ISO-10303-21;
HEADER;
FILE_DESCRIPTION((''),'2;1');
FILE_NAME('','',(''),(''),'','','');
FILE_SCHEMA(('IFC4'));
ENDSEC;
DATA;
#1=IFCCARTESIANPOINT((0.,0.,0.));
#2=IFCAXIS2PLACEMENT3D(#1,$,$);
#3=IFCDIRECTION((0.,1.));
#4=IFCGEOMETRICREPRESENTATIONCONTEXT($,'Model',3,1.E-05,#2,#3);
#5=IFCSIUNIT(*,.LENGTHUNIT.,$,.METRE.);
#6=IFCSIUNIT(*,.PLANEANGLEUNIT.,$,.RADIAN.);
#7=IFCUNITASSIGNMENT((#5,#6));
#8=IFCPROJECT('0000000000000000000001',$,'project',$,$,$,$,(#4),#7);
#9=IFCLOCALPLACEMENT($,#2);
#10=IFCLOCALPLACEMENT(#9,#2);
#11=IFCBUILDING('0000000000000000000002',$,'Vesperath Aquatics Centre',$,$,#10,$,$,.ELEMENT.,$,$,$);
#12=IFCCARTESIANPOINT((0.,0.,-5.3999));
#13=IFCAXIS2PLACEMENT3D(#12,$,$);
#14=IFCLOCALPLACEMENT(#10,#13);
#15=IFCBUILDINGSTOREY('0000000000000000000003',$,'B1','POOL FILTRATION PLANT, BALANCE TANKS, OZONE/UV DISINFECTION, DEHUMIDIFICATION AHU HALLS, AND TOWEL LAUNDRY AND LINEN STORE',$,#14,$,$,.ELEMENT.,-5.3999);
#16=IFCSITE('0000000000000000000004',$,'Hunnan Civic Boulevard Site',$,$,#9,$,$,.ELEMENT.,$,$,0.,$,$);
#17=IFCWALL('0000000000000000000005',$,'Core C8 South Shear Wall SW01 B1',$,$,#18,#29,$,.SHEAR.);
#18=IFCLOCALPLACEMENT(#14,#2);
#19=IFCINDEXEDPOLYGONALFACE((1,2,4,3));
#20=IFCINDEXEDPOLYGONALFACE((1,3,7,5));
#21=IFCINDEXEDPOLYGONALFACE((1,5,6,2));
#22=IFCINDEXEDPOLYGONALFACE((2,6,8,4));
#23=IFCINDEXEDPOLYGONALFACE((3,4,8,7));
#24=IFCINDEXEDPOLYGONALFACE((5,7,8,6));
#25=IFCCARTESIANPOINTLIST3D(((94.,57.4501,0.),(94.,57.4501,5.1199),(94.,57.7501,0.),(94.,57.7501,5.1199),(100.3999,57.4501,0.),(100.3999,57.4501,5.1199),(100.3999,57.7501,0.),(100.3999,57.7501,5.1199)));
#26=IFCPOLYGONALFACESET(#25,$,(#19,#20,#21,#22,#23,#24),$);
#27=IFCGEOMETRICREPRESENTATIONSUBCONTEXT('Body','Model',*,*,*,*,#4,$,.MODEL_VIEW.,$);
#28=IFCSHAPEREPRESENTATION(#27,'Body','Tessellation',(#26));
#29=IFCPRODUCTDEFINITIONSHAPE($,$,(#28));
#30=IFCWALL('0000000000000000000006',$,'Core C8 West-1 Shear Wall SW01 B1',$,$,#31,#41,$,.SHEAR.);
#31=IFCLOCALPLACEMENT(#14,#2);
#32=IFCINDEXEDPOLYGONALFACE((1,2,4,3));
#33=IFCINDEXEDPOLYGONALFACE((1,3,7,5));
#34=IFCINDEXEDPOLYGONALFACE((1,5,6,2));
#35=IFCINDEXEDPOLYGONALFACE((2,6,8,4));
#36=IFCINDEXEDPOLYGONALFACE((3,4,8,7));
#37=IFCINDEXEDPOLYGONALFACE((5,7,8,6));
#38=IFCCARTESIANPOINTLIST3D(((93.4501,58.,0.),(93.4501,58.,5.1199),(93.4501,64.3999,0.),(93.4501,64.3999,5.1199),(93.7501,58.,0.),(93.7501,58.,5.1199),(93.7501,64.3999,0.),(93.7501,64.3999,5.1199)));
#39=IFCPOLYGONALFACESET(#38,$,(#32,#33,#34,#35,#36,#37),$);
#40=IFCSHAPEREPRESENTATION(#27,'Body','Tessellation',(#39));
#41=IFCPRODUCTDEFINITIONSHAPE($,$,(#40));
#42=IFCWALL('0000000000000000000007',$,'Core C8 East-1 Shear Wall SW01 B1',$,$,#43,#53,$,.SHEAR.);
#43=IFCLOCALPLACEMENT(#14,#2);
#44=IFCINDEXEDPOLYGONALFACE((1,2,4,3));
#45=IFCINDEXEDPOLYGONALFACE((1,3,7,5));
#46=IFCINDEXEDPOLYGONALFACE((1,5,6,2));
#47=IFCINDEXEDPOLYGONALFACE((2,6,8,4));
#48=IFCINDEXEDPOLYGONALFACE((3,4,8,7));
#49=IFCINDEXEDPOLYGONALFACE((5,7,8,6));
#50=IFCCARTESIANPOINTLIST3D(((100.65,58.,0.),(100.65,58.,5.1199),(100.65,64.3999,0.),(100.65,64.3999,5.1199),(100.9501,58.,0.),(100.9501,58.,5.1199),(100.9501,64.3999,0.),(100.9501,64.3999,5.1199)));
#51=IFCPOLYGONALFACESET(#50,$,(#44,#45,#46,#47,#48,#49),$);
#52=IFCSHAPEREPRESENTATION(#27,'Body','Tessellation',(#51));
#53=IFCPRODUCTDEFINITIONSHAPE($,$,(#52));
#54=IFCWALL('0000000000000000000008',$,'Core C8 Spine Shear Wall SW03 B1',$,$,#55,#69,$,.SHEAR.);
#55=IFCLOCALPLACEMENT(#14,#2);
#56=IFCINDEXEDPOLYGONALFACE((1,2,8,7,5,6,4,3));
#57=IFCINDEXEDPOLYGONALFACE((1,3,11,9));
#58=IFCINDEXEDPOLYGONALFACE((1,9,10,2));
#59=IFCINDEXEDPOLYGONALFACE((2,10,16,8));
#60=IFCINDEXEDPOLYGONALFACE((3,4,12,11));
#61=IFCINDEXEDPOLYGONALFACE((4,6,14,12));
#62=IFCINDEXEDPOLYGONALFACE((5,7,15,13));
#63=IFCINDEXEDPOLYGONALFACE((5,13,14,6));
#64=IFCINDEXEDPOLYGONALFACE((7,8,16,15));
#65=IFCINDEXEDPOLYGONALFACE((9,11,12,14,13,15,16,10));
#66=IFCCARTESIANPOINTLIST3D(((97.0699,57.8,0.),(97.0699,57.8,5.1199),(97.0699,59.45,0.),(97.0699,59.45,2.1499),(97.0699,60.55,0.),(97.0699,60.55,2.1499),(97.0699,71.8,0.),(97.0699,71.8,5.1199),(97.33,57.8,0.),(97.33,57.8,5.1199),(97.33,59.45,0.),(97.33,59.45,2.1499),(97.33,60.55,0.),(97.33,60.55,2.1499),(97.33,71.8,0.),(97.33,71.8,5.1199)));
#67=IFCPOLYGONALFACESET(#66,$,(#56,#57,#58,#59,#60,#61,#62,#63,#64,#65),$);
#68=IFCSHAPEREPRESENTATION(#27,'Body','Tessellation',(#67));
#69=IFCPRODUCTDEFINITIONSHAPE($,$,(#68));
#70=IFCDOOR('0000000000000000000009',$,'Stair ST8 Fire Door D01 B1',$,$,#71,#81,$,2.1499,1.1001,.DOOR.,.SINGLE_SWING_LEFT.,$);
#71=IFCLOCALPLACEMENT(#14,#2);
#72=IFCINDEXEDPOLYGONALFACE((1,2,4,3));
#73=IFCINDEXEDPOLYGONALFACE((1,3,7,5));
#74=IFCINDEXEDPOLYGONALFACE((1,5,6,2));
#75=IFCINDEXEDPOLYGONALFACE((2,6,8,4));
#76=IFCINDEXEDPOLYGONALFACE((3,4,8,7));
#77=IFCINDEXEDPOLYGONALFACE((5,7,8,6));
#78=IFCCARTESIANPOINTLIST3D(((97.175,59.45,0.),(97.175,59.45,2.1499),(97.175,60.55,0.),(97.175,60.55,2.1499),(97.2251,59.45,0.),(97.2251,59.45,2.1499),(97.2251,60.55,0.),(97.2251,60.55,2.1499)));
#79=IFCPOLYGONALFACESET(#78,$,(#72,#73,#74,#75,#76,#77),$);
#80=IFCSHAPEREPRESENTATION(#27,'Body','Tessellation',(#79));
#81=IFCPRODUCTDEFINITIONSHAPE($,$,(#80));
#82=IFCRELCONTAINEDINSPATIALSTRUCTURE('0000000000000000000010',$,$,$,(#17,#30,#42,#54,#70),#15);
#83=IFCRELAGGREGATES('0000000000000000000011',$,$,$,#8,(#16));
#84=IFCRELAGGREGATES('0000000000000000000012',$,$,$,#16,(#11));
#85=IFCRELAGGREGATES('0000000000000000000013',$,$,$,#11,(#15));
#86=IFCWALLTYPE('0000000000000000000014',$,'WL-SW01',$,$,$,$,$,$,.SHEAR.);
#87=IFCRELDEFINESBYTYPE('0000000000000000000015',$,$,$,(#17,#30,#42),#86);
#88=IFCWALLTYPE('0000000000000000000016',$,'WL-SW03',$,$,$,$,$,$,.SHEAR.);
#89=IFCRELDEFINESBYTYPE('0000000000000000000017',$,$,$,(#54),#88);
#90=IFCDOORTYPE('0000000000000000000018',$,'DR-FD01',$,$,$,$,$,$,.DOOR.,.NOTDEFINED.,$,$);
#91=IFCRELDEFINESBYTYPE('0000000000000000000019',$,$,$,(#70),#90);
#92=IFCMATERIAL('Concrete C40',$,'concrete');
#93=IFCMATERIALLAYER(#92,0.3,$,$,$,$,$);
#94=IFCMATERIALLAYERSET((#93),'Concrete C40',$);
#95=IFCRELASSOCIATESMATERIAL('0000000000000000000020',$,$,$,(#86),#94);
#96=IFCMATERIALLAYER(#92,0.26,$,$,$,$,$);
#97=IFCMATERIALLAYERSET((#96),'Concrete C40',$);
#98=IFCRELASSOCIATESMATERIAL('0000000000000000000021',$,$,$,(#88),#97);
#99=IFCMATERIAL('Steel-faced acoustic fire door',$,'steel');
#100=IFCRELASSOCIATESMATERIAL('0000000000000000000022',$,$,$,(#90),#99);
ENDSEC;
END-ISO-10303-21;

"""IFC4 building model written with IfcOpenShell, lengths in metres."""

from ifc_helpers import new_model, si_unit, direction, frame, frame_2d, origin, place, context, subcontext, project, spatial, rectangle, extrude, material, layer, layer_set, type_object, element, fill, save


model = new_model("IFC4")

# Units and contexts
model_context = context("Model", 3, precision=1e-05, world=origin(), true_north=direction((0.0, 1.0)))
body_context = subcontext(model_context, "Body", "Model", "MODEL_VIEW")
ifc_project = project(units=[si_unit("LENGTHUNIT", "METRE"), si_unit("PLANEANGLEUNIT", "RADIAN")], contexts=[model_context])

# Site, building, storey
site_placement = place(None, origin())
site = spatial("IfcSite", under=ifc_project, at=site_placement, Name="Hunnan Civic Boulevard Site", CompositionType="ELEMENT", RefElevation=0.0)
building_placement = place(site_placement, origin())
building = spatial("IfcBuilding", under=site, at=building_placement, Name="Vesperath Aquatics Centre", CompositionType="ELEMENT")
storey_placement = place(building_placement, frame((0.0, 0.0, -5.3999)))
storey = spatial("IfcBuildingStorey", under=building, at=storey_placement, Name="B1", Description="POOL FILTRATION PLANT, BALANCE TANKS, OZONE/UV DISINFECTION, DEHUMIDIFICATION AHU HALLS, AND TOWEL LAUNDRY AND LINEN STORE", CompositionType="ELEMENT", Elevation=-5.3999)

# Shared definitions
ifc_material_1 = material(Name="Concrete C40", Category="concrete")

# Walls
ifc_layer_1 = layer(ifc_material_1, 0.3)
ifc_layer_set_1 = layer_set([ifc_layer_1], Name="Concrete C40")
wall_type_1 = type_object("IfcWallType", Name="WL-SW01", PredefinedType="SHEAR", material=ifc_layer_set_1)
for number, where, z_axis, x_axis, name in (
    (1, (94.0, 57.6001, 0.0), (0.0, 0.0, 1.0), (1.0, 0.0, 0.0), "Core C8 South Shear Wall SW01 B1"),
    (2, (93.6001, 58.0, 0.0), (0.0, 0.0, 1.0), (0.0, 1.0, 0.0), "Core C8 West-1 Shear Wall SW01 B1"),
    (3, (100.8, 58.0, 0.0), (0.0, 0.0, 1.0), (0.0, 1.0, 0.0), "Core C8 East-1 Shear Wall SW01 B1"),
):
    element("IfcWall", number, at=place(storey_placement, frame(where, z_axis=z_axis, x_axis=x_axis)), inside=storey, type_object=wall_type_1, Name=name, PredefinedType="SHEAR", context=body_context, shape_type="SweptSolid", body=[
        extrude(rectangle(XDim=6.3999, YDim=0.3, at=frame_2d((3.2, 0.0))), origin(), (0.0, 0.0, 1.0), 5.1199),
    ])

# Wall, opening, door
ifc_layer_2 = layer(ifc_material_1, 0.26)
ifc_layer_set_2 = layer_set([ifc_layer_2], Name="Concrete C40")
wall_type_2 = type_object("IfcWallType", Name="WL-SW03", PredefinedType="SHEAR", material=ifc_layer_set_2)
wall_1_placement = place(storey_placement, frame((97.2, 57.8, 0.0), z_axis=(0.0, 0.0, 1.0), x_axis=(0.0, 1.0, 0.0)))
wall_1 = element("IfcWall", 4, at=wall_1_placement, inside=storey, type_object=wall_type_2, Name="Core C8 Spine Shear Wall SW03 B1", PredefinedType="SHEAR", context=body_context, shape_type="SweptSolid", body=[
    extrude(rectangle(XDim=14.0, YDim=0.26, at=frame_2d((7.0, 0.0))), origin(), (0.0, 0.0, 1.0), 5.1199),
])
opening_1_placement = place(wall_1_placement, frame((1.6499, 0.0, 0.0)))
opening_1 = element("IfcOpeningElement", 5, at=opening_1_placement, cuts=wall_1, PredefinedType="OPENING", context=body_context, shape_type="SweptSolid", body=[
    extrude(rectangle(XDim=1.1001, YDim=2.1499, at=frame_2d((0.55, 1.075))), frame((0.0, 0.145, 0.0), z_axis=(0.0, -1.0, 0.0), x_axis=(1.0, 0.0, 0.0)), (0.0, 0.0, 1.0), 0.2898),
])
ifc_material_2 = material(Name="Steel-faced acoustic fire door", Category="steel")
door_type_1 = type_object("IfcDoorType", Name="DR-FD01", OperationType="NOTDEFINED", PredefinedType="DOOR", material=ifc_material_2)
door_1_placement = place(opening_1_placement, origin())
door_1 = element("IfcDoor", 6, at=door_1_placement, inside=storey, type_object=door_type_1, Name="Stair ST8 Fire Door D01 B1", OperationType="SINGLE_SWING_LEFT", OverallHeight=2.1499, OverallWidth=1.1001, PredefinedType="DOOR", context=body_context, shape_type="SweptSolid", body=[
    extrude(rectangle(XDim=1.1001, YDim=2.1499, at=frame_2d((0.55, 1.075))), frame((0.0, 0.0249, 0.0), z_axis=(0.0, -1.0, 0.0), x_axis=(1.0, 0.0, 0.0)), (0.0, 0.0, 1.0), 0.05),
])
fill(opening_1, door_1)

save(model, "model.ifc")
